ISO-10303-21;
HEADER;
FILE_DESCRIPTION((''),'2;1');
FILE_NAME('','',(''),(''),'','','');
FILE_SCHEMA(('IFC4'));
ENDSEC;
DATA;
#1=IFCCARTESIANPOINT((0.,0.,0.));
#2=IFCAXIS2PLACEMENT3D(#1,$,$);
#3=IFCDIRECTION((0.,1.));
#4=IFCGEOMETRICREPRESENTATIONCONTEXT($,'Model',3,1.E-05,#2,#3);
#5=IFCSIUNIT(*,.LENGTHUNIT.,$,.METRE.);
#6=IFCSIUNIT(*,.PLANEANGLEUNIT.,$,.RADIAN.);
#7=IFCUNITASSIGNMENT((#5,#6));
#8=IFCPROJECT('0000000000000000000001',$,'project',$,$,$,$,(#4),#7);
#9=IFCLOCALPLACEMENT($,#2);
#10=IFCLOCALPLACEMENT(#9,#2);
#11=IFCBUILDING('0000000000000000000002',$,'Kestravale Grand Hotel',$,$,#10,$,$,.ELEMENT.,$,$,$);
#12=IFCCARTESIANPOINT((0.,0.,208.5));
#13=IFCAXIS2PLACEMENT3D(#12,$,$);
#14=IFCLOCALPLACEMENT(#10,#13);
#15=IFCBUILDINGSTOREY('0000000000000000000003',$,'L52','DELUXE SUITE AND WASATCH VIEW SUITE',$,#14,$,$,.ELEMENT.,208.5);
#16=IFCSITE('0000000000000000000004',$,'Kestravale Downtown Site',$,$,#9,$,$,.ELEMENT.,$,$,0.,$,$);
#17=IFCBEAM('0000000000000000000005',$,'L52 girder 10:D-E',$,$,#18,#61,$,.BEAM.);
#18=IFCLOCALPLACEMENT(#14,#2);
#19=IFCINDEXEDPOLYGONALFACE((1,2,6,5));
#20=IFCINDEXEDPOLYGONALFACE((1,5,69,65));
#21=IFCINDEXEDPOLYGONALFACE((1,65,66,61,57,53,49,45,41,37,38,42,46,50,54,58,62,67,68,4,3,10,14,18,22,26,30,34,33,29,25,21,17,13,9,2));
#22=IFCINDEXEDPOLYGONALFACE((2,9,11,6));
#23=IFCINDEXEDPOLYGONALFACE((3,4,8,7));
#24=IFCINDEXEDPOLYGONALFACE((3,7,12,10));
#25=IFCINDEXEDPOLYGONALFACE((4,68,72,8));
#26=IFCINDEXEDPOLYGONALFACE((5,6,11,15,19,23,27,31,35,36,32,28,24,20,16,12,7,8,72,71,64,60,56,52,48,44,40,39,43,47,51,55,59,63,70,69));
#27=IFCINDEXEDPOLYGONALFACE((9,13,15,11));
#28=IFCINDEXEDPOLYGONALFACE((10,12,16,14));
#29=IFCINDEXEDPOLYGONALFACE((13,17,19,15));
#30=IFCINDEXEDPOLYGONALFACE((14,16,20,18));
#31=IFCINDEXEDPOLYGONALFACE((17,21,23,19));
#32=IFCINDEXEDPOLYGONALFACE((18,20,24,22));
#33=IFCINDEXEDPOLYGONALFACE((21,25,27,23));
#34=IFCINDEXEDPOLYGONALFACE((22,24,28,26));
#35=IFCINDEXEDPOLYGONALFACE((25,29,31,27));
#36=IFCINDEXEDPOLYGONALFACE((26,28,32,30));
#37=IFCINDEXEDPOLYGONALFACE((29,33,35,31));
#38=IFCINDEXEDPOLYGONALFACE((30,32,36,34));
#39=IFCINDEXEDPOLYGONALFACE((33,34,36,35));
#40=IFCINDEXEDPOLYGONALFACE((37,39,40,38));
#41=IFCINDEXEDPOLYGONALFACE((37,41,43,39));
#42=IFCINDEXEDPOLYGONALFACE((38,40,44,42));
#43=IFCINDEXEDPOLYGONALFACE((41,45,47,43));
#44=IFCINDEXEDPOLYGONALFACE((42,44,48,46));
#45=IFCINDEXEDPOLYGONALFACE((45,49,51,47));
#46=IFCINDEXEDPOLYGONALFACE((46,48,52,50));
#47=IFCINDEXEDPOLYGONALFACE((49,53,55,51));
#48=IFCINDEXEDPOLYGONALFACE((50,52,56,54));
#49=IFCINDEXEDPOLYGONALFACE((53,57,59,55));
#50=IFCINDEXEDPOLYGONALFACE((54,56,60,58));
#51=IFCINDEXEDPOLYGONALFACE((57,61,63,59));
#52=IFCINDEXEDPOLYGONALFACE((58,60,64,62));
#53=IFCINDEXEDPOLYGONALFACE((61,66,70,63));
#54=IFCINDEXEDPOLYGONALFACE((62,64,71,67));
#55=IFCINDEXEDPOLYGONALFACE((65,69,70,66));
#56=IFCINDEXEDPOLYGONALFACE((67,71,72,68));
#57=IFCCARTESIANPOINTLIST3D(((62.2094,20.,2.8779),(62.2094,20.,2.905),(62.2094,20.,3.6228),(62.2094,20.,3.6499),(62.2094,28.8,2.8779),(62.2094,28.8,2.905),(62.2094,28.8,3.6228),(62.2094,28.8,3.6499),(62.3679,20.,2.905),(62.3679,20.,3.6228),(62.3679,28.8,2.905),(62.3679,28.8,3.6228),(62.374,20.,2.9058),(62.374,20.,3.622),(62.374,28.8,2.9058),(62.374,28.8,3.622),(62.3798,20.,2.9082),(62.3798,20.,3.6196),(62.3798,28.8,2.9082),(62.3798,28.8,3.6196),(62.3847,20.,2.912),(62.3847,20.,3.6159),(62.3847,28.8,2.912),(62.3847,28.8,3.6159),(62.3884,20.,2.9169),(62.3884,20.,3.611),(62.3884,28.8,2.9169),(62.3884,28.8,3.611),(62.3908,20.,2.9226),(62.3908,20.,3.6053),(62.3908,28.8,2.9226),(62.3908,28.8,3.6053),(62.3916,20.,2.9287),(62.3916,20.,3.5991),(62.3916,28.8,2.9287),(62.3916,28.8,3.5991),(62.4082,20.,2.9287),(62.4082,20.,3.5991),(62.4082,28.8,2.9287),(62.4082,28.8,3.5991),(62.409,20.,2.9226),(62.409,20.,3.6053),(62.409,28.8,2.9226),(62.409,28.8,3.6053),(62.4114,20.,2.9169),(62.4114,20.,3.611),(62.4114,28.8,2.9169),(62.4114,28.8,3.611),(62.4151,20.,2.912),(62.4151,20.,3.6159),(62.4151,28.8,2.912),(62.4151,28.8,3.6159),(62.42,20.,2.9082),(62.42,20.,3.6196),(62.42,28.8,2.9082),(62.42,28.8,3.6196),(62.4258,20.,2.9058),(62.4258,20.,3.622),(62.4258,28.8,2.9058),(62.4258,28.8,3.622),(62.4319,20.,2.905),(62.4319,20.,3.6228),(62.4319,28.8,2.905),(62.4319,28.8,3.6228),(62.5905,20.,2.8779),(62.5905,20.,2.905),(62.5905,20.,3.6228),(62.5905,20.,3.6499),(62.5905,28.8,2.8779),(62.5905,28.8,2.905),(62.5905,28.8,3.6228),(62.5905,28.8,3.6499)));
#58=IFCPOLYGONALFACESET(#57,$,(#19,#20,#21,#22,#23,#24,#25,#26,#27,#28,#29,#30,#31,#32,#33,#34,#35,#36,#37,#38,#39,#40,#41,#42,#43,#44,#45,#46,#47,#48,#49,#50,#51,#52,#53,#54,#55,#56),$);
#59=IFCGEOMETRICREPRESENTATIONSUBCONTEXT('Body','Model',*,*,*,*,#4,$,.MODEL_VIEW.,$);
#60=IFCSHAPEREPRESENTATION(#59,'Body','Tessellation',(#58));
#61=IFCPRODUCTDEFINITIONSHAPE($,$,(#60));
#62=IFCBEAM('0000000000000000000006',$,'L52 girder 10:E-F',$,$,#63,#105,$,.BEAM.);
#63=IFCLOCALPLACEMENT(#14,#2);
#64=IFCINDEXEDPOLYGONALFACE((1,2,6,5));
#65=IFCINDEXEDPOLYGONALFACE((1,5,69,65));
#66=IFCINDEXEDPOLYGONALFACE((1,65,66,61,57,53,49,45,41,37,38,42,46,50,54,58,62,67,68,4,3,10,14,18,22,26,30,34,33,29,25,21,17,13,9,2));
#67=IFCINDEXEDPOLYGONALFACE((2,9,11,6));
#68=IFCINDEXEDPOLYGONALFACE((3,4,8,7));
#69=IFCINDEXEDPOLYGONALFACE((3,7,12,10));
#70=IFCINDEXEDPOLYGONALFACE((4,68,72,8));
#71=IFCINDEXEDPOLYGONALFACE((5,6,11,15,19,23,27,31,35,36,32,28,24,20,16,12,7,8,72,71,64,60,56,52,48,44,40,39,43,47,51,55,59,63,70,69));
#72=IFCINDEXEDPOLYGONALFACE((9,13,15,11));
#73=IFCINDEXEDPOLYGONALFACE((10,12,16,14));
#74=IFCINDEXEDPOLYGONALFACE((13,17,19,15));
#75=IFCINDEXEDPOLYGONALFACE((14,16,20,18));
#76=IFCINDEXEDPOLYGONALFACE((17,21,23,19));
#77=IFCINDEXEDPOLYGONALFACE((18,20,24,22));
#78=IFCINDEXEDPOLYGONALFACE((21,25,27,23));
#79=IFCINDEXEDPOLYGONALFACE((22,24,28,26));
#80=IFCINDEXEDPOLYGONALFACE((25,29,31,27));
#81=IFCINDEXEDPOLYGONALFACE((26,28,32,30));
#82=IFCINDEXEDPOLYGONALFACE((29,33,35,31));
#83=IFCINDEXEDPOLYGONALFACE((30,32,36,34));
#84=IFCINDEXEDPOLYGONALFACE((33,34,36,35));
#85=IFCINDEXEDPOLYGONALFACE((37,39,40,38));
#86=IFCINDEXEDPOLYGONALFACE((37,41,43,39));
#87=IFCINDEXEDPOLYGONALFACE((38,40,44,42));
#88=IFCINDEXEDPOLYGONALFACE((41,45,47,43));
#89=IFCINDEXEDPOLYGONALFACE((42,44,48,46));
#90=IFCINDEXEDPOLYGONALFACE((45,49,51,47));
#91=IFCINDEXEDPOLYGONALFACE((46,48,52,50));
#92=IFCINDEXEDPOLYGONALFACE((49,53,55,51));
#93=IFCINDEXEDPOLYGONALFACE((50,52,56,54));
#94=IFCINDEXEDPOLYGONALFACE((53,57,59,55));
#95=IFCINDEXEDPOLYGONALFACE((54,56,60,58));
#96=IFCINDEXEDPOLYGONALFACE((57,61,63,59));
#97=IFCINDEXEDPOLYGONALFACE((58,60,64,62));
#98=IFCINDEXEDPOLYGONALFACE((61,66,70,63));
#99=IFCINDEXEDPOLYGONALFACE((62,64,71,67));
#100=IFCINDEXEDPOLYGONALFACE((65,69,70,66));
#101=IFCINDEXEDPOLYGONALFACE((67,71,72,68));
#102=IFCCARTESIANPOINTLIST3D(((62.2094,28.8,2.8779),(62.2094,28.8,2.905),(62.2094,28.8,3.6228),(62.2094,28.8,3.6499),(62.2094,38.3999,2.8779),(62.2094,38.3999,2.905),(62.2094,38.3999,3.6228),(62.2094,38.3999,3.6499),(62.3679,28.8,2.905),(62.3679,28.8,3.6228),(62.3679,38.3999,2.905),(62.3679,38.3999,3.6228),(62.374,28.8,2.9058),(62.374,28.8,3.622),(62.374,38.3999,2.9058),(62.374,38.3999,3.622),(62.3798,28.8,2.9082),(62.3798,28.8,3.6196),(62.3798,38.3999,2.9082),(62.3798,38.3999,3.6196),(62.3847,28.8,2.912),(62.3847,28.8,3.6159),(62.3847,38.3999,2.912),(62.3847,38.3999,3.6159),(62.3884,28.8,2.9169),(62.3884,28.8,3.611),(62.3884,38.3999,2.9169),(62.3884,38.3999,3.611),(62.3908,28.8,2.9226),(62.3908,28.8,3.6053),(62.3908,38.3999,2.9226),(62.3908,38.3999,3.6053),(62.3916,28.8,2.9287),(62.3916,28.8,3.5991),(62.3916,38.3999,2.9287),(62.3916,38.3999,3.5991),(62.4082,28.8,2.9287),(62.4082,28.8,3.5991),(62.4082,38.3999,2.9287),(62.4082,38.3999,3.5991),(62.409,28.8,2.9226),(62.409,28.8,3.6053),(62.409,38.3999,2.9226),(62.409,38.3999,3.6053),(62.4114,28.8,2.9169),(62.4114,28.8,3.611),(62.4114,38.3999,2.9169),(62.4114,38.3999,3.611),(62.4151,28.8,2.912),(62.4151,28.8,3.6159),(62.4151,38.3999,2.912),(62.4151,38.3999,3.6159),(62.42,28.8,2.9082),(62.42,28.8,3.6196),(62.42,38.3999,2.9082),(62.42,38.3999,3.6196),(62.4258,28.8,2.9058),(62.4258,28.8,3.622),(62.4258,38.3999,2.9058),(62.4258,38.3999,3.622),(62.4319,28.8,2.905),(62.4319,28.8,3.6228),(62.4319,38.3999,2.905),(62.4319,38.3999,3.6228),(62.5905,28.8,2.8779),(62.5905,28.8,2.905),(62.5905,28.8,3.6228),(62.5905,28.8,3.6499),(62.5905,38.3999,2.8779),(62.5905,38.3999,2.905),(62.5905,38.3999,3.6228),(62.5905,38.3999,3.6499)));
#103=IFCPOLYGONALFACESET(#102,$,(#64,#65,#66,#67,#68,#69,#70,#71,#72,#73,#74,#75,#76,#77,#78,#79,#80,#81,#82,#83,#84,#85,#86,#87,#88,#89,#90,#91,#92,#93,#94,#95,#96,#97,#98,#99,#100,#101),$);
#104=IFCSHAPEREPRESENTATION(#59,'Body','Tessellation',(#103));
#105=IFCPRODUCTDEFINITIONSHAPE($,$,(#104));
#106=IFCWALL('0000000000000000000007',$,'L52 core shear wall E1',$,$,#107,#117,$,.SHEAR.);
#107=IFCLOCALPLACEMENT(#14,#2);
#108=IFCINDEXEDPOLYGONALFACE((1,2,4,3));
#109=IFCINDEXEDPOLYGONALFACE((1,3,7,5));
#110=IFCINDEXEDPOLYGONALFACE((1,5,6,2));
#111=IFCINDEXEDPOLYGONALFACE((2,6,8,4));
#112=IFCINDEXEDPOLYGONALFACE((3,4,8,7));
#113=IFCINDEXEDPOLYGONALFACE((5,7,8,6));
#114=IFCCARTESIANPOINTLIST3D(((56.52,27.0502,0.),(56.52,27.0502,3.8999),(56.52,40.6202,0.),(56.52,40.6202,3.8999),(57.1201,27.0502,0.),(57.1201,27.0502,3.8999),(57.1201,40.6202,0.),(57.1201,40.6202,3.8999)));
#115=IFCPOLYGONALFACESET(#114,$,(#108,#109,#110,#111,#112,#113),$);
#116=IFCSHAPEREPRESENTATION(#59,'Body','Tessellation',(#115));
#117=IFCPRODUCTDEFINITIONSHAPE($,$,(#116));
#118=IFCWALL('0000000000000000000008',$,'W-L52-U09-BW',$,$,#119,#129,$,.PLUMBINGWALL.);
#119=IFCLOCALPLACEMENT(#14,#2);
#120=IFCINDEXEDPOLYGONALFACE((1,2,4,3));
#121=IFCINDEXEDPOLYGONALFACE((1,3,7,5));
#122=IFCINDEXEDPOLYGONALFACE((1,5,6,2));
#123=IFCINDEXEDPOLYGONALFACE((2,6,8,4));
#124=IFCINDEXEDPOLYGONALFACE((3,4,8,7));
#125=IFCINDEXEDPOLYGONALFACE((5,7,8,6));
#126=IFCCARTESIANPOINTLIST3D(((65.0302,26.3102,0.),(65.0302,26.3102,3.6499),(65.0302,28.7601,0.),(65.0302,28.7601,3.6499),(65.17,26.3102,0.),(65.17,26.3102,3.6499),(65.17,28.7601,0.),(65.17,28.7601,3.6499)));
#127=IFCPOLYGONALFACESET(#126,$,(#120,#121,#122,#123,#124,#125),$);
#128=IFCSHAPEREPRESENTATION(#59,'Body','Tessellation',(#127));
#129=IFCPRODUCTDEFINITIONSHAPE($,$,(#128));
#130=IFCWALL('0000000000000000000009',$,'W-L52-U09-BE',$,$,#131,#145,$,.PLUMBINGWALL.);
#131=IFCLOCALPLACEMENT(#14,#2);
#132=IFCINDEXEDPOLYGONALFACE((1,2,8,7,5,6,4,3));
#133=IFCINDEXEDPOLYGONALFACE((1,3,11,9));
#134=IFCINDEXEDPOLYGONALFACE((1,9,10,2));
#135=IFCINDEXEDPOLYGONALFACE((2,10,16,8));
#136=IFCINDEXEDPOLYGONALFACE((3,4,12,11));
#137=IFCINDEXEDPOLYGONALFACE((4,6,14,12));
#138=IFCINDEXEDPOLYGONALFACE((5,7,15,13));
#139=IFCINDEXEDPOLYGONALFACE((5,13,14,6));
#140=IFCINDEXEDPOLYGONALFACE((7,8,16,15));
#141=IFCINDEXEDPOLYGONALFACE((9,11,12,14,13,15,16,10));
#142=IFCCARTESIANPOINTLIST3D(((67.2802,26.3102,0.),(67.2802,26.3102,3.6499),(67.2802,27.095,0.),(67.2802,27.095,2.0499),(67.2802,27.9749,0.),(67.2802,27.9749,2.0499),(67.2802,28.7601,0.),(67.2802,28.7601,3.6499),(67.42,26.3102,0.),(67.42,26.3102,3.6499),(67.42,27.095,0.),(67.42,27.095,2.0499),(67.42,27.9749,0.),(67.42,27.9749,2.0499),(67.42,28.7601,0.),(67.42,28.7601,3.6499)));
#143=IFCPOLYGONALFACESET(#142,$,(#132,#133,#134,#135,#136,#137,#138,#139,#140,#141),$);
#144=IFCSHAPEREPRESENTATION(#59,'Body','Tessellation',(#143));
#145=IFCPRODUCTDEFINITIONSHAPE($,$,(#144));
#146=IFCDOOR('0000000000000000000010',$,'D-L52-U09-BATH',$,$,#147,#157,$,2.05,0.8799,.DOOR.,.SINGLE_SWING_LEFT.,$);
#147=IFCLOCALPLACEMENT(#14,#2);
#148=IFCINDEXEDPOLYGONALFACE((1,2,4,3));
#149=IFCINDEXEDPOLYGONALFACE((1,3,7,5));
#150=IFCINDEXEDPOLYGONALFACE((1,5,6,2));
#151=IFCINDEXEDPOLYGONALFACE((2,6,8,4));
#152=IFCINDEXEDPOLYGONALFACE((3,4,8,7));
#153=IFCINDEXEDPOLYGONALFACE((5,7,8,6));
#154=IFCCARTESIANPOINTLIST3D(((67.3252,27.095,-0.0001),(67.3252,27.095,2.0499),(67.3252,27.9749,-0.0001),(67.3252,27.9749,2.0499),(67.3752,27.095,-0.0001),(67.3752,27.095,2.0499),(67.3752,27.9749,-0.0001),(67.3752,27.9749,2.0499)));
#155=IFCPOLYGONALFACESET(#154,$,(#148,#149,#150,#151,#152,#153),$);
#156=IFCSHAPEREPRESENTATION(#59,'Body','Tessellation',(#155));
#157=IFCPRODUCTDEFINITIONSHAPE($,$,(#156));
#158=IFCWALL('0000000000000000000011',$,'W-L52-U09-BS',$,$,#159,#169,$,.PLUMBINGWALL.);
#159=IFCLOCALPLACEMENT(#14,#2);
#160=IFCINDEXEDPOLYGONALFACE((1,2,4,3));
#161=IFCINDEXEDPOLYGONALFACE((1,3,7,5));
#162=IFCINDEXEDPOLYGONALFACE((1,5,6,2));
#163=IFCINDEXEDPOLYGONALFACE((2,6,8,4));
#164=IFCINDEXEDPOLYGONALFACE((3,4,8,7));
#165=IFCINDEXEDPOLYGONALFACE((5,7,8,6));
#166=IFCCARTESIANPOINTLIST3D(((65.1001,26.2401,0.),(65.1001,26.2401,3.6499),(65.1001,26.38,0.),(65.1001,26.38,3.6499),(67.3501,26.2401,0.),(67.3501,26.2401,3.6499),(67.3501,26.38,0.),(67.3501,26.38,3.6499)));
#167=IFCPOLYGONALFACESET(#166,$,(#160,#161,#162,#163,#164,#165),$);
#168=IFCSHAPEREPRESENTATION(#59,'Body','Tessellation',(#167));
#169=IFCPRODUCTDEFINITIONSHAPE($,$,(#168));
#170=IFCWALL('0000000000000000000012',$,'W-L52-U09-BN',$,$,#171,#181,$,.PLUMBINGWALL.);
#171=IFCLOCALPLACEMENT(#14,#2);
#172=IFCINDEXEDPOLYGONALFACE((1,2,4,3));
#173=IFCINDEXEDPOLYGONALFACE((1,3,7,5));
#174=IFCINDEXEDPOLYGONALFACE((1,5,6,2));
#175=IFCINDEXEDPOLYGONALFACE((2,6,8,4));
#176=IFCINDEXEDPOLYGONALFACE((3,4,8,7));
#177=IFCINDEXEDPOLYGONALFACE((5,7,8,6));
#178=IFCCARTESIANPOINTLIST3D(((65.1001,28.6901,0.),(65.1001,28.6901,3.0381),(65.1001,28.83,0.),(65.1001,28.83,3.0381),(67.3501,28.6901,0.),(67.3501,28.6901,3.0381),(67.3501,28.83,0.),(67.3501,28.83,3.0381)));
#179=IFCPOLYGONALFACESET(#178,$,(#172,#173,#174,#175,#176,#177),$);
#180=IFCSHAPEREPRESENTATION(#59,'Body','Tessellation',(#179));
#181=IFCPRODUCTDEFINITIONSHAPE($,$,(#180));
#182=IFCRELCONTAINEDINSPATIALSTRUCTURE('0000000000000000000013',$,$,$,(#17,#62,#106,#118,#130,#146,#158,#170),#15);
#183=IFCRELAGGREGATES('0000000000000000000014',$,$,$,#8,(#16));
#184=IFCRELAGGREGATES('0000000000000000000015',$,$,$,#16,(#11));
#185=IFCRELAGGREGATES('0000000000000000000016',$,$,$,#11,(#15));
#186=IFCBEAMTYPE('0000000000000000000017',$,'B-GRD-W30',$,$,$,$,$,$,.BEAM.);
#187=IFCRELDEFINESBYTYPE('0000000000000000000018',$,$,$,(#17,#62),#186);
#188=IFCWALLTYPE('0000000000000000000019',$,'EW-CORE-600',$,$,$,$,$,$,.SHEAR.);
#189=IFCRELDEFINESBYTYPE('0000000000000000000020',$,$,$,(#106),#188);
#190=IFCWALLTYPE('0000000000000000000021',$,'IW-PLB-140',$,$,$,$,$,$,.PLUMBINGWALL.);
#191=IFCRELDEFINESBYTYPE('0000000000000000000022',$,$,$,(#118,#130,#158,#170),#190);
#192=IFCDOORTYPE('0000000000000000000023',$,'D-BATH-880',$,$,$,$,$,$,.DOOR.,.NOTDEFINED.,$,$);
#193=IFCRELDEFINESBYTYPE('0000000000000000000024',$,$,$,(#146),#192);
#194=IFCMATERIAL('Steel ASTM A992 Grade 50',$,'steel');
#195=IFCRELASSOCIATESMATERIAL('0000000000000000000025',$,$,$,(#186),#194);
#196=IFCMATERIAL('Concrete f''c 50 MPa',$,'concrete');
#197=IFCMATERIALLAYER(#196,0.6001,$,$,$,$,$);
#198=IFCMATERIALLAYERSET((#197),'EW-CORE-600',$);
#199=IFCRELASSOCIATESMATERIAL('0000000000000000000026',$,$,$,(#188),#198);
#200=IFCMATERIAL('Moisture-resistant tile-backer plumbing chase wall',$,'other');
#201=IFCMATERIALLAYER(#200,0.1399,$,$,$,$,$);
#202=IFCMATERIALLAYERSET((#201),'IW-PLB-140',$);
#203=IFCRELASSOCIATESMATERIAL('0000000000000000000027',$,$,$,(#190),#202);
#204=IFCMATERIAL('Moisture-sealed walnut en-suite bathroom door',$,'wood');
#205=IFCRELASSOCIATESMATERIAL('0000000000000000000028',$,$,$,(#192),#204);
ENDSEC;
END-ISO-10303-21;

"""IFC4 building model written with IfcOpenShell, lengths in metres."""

from ifc_helpers import new_model, si_unit, direction, frame, frame_2d, origin, origin_2d, place, context, subcontext, project, spatial, rectangle, i_section, extrude, material, layer, layer_set, material_profile, profile_set, type_object, element, fill, save


model = new_model("IFC4")

# Units and contexts
model_context = context("Model", 3, precision=1e-05, world=origin(), true_north=direction((0.0, 1.0)))
body_context = subcontext(model_context, "Body", "Model", "MODEL_VIEW")
ifc_project = project(units=[si_unit("LENGTHUNIT", "METRE"), si_unit("PLANEANGLEUNIT", "RADIAN")], contexts=[model_context])

# Site, building, storey
site_placement = place(None, origin())
site = spatial("IfcSite", under=ifc_project, at=site_placement, Name="Kestravale Downtown Site", CompositionType="ELEMENT", RefElevation=0.0)
building_placement = place(site_placement, origin())
building = spatial("IfcBuilding", under=site, at=building_placement, Name="Kestravale Grand Hotel", CompositionType="ELEMENT")
storey_placement = place(building_placement, frame((0.0, 0.0, 208.5)))
storey = spatial("IfcBuildingStorey", under=building, at=storey_placement, Name="L52", Description="DELUXE SUITE AND WASATCH VIEW SUITE", CompositionType="ELEMENT", Elevation=208.5)

# Beams
ifc_material_1 = material(Name="Steel ASTM A992 Grade 50", Category="steel")
ifc_material_profile_1 = material_profile(ifc_material_1, i_section(OverallWidth=0.3811, OverallDepth=0.772, WebThickness=0.0166, FlangeThickness=0.0271, FilletRadius=0.0237, at=origin_2d()))
ifc_profile_set_1 = profile_set([ifc_material_profile_1], Name="Steel ASTM A992 Grade 50")
beam_type_1 = type_object("IfcBeamType", Name="B-GRD-W30", PredefinedType="BEAM", material=ifc_profile_set_1)
beam_1_placement = place(storey_placement, frame((62.3999, 20.0, 3.2639), z_axis=(0.0, 1.0, 0.0), x_axis=(-1.0, 0.0, 0.0)))
element("IfcBeam", 1, at=beam_1_placement, inside=storey, type_object=beam_type_1, Name="L52 girder 10:D-E", PredefinedType="BEAM", context=body_context, shape_type="SweptSolid", body=[
    extrude(i_section(OverallWidth=0.3811, OverallDepth=0.772, WebThickness=0.0166, FlangeThickness=0.0271, FilletRadius=0.0237, at=origin_2d()), origin(), (0.0, 0.0, 1.0), 8.8),
])
beam_2_placement = place(storey_placement, frame((62.3999, 28.8, 3.2639), z_axis=(0.0, 1.0, 0.0), x_axis=(-1.0, 0.0, 0.0)))
element("IfcBeam", 2, at=beam_2_placement, inside=storey, type_object=beam_type_1, Name="L52 girder 10:E-F", PredefinedType="BEAM", context=body_context, shape_type="SweptSolid", body=[
    extrude(i_section(OverallWidth=0.3811, OverallDepth=0.772, WebThickness=0.0166, FlangeThickness=0.0271, FilletRadius=0.0237, at=origin_2d()), origin(), (0.0, 0.0, 1.0), 9.5999),
])

# Walls
ifc_material_2 = material(Name="Concrete f'c 50 MPa", Category="concrete")
ifc_layer_1 = layer(ifc_material_2, 0.6001)
ifc_layer_set_1 = layer_set([ifc_layer_1], Name="EW-CORE-600")
wall_type_1 = type_object("IfcWallType", Name="EW-CORE-600", PredefinedType="SHEAR", material=ifc_layer_set_1)
wall_1_placement = place(storey_placement, frame((56.8201, 27.05, 0.0), z_axis=(0.0, 0.0, 1.0), x_axis=(0.0, 1.0, 0.0)))
element("IfcWall", 3, at=wall_1_placement, inside=storey, type_object=wall_type_1, Name="L52 core shear wall E1", PredefinedType="SHEAR", context=body_context, shape_type="SweptSolid", body=[
    extrude(rectangle(XDim=13.5701, YDim=0.6001, at=frame_2d((6.7852, 0.0))), origin(), (0.0, 0.0, 1.0), 3.8999),
])
ifc_material_3 = material(Name="Moisture-resistant tile-backer plumbing chase wall", Category="other")
ifc_layer_2 = layer(ifc_material_3, 0.1399)
ifc_layer_set_2 = layer_set([ifc_layer_2], Name="IW-PLB-140")
wall_type_2 = type_object("IfcWallType", Name="IW-PLB-140", PredefinedType="PLUMBINGWALL", material=ifc_layer_set_2)
wall_2_placement = place(storey_placement, frame((65.1001, 26.3101, 0.0), z_axis=(0.0, 0.0, 1.0), x_axis=(0.0, 1.0, 0.0)))
element("IfcWall", 4, at=wall_2_placement, inside=storey, type_object=wall_type_2, Name="W-L52-U09-BW", PredefinedType="PLUMBINGWALL", context=body_context, shape_type="SweptSolid", body=[
    extrude(rectangle(XDim=2.45, YDim=0.1399, at=frame_2d((1.2251, 0.0))), origin(), (0.0, 0.0, 1.0), 3.6499),
])

# Wall, opening, door
wall_3_placement = place(storey_placement, frame((67.3501, 26.3101, 0.0), z_axis=(0.0, 0.0, 1.0), x_axis=(0.0, 1.0, 0.0)))
wall_3 = element("IfcWall", 5, at=wall_3_placement, inside=storey, type_object=wall_type_2, Name="W-L52-U09-BE", PredefinedType="PLUMBINGWALL", context=body_context, shape_type="SweptSolid", body=[
    extrude(rectangle(XDim=2.45, YDim=0.1399, at=frame_2d((1.2251, 0.0))), origin(), (0.0, 0.0, 1.0), 3.6499),
])
opening_placement = place(wall_3_placement, frame((0.7849, 0.0, 0.0)))
opening = element("IfcOpeningElement", 6, at=opening_placement, cuts=wall_3, PredefinedType="OPENING", context=body_context, shape_type="SweptSolid", body=[
    extrude(rectangle(XDim=0.8799, YDim=2.05, at=frame_2d((0.4399, 1.0249))), frame((0.0, 0.0798, 0.0), z_axis=(0.0, -1.0, 0.0), x_axis=(1.0, 0.0, 0.0)), (0.0, 0.0, 1.0), 0.1599),
])
ifc_material_4 = material(Name="Moisture-sealed walnut en-suite bathroom door", Category="wood")
door_type = type_object("IfcDoorType", Name="D-BATH-880", OperationType="NOTDEFINED", PredefinedType="DOOR", material=ifc_material_4)
door_placement = place(opening_placement, origin())
door = element("IfcDoor", 7, at=door_placement, inside=storey, type_object=door_type, Name="D-L52-U09-BATH", OperationType="SINGLE_SWING_LEFT", OverallHeight=2.05, OverallWidth=0.8799, PredefinedType="DOOR", context=body_context, shape_type="SweptSolid", body=[
    extrude(rectangle(XDim=0.8799, YDim=2.05, at=frame_2d((0.4399, 1.0249))), frame((0.0, 0.0249, 0.0), z_axis=(0.0, -1.0, 0.0), x_axis=(1.0, 0.0, 0.0)), (0.0, 0.0, 1.0), 0.05),
])
fill(opening, door)

# Walls
wall_4_placement = place(storey_placement, frame((65.1001, 26.3101, 0.0), z_axis=(0.0, 0.0, 1.0), x_axis=(1.0, 0.0, 0.0)))
element("IfcWall", 8, at=wall_4_placement, inside=storey, type_object=wall_type_2, Name="W-L52-U09-BS", PredefinedType="PLUMBINGWALL", context=body_context, shape_type="SweptSolid", body=[
    extrude(rectangle(XDim=2.25, YDim=0.1399, at=frame_2d((1.125, 0.0))), origin(), (0.0, 0.0, 1.0), 3.6499),
])
wall_5_placement = place(storey_placement, frame((65.1001, 28.76, 0.0), z_axis=(0.0, 0.0, 1.0), x_axis=(1.0, 0.0, 0.0)))
element("IfcWall", 9, at=wall_5_placement, inside=storey, type_object=wall_type_2, Name="W-L52-U09-BN", PredefinedType="PLUMBINGWALL", context=body_context, shape_type="SweptSolid", body=[
    extrude(rectangle(XDim=2.25, YDim=0.1399, at=frame_2d((1.125, 0.0))), origin(), (0.0, 0.0, 1.0), 3.0381),
])

save(model, "model.ifc")
